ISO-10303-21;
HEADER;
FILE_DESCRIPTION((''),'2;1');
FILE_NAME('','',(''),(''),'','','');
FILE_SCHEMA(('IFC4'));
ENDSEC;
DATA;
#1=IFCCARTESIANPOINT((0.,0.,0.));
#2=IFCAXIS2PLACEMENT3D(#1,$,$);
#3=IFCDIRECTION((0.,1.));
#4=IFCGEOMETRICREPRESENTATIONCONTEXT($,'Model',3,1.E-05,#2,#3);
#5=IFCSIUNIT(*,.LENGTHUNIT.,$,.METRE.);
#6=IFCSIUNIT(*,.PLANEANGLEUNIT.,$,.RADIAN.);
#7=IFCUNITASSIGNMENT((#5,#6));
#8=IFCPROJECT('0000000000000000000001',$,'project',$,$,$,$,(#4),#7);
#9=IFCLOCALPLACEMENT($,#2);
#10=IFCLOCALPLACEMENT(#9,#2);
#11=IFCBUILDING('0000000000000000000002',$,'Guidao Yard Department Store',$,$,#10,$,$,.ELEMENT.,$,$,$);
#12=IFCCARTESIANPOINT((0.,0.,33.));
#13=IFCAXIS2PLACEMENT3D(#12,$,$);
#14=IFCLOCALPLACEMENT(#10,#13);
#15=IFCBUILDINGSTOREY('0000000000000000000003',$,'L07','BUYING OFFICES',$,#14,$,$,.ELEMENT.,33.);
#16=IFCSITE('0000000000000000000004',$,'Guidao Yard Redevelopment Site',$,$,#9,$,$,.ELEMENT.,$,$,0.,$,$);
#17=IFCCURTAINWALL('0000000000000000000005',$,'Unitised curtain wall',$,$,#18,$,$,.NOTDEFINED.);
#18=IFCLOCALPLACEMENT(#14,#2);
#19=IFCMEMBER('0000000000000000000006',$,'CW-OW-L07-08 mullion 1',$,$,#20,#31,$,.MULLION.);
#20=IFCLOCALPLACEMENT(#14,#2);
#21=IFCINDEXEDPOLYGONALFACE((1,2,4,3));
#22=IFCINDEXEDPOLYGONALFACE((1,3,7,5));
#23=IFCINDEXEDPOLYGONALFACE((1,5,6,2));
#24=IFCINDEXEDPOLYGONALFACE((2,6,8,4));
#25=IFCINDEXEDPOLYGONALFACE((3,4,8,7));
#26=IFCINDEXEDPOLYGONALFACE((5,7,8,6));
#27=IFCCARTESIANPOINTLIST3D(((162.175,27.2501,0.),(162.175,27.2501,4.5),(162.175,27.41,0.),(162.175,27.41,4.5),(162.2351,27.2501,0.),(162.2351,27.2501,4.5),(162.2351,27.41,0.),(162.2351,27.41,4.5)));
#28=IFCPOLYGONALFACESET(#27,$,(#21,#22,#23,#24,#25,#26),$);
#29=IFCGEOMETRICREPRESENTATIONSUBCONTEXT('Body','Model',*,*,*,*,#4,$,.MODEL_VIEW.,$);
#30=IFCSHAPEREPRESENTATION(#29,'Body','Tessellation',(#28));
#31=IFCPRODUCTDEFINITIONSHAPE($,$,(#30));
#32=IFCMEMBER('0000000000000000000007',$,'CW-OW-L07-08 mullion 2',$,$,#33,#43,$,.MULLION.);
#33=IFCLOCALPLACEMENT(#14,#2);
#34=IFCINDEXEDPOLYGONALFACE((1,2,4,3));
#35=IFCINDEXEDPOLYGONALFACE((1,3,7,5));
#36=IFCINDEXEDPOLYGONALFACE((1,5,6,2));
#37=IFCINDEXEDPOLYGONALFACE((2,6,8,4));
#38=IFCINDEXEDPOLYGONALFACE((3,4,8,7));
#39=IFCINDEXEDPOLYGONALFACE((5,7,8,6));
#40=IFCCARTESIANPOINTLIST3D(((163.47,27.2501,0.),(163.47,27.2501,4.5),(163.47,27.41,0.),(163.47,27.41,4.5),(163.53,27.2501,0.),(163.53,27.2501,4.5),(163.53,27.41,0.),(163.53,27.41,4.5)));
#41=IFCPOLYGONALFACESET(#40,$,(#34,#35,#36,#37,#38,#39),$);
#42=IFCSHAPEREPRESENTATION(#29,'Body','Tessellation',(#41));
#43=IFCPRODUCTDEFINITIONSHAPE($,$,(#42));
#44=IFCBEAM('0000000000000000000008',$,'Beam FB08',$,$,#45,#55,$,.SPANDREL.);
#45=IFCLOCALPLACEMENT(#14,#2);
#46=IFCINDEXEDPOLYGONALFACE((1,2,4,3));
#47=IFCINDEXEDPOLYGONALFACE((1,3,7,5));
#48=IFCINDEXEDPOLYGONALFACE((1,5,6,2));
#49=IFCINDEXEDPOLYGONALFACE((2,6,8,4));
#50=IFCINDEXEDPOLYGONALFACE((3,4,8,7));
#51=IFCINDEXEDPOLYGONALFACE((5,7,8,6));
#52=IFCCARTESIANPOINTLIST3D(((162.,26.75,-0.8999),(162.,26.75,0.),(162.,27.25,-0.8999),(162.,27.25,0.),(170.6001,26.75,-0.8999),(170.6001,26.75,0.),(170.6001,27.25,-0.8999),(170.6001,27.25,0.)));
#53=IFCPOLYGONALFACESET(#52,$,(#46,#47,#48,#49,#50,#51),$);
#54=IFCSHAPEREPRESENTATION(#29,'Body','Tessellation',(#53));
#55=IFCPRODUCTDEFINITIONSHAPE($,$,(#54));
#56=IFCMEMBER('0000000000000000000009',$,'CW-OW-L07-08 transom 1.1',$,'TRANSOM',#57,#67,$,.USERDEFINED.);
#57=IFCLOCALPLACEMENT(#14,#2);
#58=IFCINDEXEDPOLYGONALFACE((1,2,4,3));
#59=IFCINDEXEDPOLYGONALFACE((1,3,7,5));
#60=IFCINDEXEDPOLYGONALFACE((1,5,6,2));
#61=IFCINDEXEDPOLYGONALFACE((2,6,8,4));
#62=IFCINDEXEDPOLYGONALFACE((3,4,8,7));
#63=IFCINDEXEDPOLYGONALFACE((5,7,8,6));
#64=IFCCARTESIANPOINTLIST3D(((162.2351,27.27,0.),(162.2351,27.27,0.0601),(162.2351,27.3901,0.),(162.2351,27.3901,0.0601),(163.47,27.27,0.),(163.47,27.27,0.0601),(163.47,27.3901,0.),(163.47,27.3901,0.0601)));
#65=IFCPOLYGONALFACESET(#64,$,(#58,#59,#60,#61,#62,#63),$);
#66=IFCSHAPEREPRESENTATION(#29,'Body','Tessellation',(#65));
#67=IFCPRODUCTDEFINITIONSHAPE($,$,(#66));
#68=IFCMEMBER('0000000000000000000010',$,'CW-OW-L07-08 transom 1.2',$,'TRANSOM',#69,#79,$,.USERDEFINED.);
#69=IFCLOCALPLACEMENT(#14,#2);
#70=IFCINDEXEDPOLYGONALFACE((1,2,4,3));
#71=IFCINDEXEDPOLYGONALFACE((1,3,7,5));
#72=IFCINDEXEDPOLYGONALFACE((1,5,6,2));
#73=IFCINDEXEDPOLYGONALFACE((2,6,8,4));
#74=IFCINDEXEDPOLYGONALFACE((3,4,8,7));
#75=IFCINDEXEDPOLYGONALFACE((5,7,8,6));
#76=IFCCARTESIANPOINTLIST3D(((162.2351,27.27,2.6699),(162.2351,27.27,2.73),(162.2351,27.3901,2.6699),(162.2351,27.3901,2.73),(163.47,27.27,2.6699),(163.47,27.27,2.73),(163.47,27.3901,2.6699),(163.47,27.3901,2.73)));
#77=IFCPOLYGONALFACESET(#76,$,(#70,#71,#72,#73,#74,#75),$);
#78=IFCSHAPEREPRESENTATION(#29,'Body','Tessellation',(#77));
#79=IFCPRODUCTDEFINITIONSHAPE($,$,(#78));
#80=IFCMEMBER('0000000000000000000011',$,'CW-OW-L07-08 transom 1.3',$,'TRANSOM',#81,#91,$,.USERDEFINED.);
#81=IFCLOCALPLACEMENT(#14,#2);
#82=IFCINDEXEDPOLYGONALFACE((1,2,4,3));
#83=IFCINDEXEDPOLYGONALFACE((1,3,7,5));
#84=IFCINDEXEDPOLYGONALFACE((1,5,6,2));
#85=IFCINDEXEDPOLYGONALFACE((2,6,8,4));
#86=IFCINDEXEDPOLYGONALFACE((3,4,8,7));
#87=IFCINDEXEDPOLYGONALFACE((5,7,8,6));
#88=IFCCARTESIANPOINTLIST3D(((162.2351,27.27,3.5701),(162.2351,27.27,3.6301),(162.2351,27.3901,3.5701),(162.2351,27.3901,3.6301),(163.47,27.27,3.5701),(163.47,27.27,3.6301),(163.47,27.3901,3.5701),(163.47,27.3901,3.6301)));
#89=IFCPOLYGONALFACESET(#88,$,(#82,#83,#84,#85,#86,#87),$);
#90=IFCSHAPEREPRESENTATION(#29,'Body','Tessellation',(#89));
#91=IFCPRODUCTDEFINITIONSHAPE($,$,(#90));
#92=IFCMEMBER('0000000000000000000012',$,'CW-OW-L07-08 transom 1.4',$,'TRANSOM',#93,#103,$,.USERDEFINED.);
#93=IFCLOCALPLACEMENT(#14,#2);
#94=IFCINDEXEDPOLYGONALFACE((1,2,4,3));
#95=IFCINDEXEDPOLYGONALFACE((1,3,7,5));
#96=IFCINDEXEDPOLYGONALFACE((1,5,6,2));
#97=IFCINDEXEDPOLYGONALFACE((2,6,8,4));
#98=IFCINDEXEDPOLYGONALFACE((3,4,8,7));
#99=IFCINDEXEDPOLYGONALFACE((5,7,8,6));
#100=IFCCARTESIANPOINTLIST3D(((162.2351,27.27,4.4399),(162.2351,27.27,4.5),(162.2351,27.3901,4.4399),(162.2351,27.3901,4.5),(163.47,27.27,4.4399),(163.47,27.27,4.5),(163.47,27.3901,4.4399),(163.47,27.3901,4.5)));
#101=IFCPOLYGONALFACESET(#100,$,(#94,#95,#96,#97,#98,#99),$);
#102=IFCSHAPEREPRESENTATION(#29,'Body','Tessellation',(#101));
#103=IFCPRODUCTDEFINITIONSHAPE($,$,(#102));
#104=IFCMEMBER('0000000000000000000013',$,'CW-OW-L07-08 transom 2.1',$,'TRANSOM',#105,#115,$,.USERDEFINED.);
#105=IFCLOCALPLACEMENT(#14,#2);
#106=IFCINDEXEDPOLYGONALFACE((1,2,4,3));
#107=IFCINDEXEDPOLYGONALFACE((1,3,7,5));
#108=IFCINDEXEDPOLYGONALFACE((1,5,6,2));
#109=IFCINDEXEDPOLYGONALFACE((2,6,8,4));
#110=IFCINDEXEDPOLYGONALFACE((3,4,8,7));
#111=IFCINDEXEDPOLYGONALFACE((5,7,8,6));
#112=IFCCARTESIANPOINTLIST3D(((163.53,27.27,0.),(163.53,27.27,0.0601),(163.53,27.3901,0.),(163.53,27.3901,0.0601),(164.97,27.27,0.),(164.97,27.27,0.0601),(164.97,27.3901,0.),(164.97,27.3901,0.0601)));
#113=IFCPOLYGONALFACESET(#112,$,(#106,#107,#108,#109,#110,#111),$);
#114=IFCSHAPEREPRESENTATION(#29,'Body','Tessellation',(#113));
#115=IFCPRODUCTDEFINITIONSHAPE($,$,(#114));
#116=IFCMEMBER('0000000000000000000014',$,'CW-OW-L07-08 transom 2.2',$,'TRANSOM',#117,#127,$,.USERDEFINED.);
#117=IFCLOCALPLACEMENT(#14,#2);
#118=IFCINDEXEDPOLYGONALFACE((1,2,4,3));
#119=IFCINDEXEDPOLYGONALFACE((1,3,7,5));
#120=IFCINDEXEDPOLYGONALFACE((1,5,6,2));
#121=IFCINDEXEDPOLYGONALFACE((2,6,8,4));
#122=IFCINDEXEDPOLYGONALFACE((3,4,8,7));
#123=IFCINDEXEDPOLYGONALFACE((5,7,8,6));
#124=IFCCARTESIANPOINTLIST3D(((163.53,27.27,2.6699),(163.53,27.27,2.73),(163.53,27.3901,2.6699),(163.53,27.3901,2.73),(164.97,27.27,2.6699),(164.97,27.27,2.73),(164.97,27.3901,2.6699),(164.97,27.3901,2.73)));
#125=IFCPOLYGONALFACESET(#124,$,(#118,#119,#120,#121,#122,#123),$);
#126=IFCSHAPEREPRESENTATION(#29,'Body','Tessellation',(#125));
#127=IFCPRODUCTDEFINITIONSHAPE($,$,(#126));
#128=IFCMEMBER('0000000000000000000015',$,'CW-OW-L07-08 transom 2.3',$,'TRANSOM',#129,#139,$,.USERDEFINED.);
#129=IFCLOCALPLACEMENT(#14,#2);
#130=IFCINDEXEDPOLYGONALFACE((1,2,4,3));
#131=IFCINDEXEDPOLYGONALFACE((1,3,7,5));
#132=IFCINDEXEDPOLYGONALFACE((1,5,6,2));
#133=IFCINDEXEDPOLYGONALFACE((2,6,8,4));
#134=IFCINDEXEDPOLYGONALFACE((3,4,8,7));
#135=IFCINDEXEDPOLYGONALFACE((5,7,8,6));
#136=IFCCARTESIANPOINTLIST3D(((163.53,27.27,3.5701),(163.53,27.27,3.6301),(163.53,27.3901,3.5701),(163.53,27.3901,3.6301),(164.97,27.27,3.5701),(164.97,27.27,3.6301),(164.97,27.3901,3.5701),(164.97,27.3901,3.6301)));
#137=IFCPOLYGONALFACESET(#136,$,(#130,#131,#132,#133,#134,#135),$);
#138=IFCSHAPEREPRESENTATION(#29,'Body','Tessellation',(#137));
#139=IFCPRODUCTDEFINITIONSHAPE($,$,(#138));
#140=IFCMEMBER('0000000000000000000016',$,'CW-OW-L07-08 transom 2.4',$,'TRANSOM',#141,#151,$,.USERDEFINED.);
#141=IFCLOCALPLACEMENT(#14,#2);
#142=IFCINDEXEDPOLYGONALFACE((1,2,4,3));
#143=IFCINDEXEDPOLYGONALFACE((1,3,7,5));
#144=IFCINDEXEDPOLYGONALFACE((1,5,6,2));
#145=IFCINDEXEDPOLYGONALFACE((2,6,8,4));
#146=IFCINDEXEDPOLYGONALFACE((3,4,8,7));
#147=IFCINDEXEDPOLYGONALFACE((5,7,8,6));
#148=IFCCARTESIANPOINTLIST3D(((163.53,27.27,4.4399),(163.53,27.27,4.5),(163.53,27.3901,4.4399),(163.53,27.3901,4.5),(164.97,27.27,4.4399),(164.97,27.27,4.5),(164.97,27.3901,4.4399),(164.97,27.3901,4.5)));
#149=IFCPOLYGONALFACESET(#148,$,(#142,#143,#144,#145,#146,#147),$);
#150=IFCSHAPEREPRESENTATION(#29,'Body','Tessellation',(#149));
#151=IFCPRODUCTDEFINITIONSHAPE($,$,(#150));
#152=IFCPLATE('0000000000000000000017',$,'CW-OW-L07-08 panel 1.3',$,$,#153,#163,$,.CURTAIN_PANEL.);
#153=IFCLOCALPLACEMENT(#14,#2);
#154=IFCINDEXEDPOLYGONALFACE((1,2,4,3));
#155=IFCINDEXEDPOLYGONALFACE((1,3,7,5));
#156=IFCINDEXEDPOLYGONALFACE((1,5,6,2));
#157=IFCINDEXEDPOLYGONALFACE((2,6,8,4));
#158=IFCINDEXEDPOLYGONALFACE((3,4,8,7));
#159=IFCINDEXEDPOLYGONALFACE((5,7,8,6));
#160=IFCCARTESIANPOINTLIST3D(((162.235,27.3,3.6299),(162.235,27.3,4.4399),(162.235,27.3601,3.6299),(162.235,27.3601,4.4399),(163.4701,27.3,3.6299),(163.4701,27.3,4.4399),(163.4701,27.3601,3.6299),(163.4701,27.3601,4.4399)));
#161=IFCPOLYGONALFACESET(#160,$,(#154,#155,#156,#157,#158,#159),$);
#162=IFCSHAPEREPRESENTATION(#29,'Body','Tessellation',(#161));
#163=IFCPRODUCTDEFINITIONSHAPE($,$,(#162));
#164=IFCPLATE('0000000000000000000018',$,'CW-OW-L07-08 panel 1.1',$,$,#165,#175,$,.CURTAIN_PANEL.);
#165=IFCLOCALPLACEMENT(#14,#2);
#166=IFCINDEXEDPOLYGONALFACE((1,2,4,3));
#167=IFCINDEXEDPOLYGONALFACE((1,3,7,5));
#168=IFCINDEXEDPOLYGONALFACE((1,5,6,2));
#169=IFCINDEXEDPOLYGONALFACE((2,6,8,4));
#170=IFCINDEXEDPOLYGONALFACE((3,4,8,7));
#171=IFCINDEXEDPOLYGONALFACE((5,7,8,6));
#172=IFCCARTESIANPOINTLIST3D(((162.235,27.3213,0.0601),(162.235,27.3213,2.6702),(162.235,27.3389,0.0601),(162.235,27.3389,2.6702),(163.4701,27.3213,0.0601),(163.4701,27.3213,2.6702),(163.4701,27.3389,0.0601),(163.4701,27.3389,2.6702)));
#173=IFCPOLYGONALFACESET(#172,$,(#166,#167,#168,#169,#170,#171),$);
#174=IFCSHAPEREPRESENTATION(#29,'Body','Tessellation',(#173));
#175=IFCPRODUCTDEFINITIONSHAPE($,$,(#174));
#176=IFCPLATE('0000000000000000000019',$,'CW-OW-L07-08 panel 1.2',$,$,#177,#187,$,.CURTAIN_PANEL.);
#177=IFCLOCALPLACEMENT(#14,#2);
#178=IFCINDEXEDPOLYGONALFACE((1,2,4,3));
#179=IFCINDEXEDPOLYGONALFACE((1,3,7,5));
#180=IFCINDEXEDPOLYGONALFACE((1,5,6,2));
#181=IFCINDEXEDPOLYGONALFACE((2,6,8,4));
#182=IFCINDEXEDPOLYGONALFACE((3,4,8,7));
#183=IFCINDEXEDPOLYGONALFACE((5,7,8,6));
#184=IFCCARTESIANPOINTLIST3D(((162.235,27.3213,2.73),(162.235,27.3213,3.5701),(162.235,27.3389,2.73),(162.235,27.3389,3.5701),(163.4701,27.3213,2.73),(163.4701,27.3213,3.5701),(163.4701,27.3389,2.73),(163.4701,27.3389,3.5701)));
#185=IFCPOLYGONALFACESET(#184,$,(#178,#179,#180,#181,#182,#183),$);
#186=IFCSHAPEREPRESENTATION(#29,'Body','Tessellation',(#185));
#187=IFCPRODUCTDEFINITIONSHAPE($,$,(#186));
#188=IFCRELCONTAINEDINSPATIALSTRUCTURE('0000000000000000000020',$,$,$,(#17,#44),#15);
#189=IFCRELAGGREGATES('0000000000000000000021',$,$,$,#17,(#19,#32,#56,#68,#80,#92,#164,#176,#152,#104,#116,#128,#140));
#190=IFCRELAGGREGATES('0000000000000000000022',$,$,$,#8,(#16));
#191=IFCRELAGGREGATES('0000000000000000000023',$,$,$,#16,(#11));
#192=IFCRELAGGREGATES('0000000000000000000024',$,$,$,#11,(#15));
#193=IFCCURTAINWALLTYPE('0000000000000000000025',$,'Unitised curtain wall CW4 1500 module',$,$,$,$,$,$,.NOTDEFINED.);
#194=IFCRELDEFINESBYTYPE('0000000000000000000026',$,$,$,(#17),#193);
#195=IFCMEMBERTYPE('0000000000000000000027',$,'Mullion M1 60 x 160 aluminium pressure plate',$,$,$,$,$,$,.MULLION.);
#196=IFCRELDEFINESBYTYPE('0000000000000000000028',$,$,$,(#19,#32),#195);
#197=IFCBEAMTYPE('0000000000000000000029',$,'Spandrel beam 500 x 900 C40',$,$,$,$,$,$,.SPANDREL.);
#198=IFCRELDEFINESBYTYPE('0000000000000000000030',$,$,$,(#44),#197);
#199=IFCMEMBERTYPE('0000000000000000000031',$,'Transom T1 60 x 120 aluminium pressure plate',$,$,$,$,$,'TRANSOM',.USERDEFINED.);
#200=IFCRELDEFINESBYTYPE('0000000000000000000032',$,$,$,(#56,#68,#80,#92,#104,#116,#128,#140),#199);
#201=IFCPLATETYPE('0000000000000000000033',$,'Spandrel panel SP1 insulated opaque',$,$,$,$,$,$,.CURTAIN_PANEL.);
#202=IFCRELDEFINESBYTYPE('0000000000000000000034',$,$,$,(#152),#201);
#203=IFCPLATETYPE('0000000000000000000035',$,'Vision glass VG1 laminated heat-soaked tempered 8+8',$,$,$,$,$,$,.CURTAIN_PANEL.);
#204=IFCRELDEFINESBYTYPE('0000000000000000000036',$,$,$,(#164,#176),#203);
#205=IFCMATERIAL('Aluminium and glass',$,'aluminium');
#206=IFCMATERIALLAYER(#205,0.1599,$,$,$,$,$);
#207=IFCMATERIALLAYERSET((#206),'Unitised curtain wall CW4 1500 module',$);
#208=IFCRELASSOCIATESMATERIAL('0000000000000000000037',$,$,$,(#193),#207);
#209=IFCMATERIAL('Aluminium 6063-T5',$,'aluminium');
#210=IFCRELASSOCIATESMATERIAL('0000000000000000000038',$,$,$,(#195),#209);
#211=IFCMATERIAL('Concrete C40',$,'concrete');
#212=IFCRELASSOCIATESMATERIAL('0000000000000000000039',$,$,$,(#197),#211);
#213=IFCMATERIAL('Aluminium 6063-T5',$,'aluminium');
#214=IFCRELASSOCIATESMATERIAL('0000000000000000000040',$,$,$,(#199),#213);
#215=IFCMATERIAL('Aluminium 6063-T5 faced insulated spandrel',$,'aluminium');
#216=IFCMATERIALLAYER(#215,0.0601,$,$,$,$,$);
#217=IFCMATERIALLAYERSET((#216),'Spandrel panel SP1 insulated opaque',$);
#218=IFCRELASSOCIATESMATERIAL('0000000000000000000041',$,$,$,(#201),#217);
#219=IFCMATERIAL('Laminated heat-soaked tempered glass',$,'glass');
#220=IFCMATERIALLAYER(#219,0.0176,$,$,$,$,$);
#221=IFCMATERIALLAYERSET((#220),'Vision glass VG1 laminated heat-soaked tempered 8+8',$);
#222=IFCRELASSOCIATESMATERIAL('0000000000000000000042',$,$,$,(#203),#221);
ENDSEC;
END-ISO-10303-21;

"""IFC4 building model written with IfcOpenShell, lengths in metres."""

from ifc_helpers import new_model, si_unit, direction, frame, origin, origin_2d, place, context, subcontext, project, spatial, rectangle, extrude, material, layer, layer_set, material_profile, profile_set, type_object, element, aggregate, save


model = new_model("IFC4")

# Units and contexts
model_context = context("Model", 3, precision=1e-05, world=origin(), true_north=direction((0.0, 1.0)))
body_context = subcontext(model_context, "Body", "Model", "MODEL_VIEW")
ifc_project = project(units=[si_unit("LENGTHUNIT", "METRE"), si_unit("PLANEANGLEUNIT", "RADIAN")], contexts=[model_context])

# Site, building, storey
site_placement = place(None, origin())
site = spatial("IfcSite", under=ifc_project, at=site_placement, Name="Guidao Yard Redevelopment Site", CompositionType="ELEMENT", RefElevation=0.0)
building_placement = place(site_placement, origin())
building = spatial("IfcBuilding", under=site, at=building_placement, Name="Guidao Yard Department Store", CompositionType="ELEMENT")
storey_placement = place(building_placement, frame((0.0, 0.0, 33.0)))
storey = spatial("IfcBuildingStorey", under=building, at=storey_placement, Name="L07", Description="BUYING OFFICES", CompositionType="ELEMENT", Elevation=33.0)

# Curtain wall, members
ifc_material_1 = material(Name="Aluminium and glass", Category="aluminium")
ifc_layer_1 = layer(ifc_material_1, 0.1599)
ifc_layer_set_1 = layer_set([ifc_layer_1], Name="Unitised curtain wall CW4 1500 module")
curtain_wall_type = type_object("IfcCurtainWallType", Name="Unitised curtain wall CW4 1500 module", PredefinedType="NOTDEFINED", material=ifc_layer_set_1)
curtain_wall_placement = place(storey_placement, origin())
curtain_wall = element("IfcCurtainWall", 1, at=curtain_wall_placement, inside=storey, type_object=curtain_wall_type, Name="Unitised curtain wall", PredefinedType="NOTDEFINED")
ifc_material_2 = material(Name="Aluminium 6063-T5", Category="aluminium")
ifc_material_profile_1 = material_profile(ifc_material_2, rectangle(XDim=0.0601, YDim=0.1599, at=origin_2d()), Name="Mullion M1 60 x 160 aluminium pressure plate")
ifc_profile_set_1 = profile_set([ifc_material_profile_1], Name="Aluminium 6063-T5")
member_type_1 = type_object("IfcMemberType", Name="Mullion M1 60 x 160 aluminium pressure plate", PredefinedType="MULLION", material=ifc_profile_set_1)
member_1_placement = place(storey_placement, frame((162.2051, 27.3301, 0.0), z_axis=(0.0, 0.0, 1.0), x_axis=(1.0, 0.0, 0.0)))
member_1 = element("IfcMember", 2, at=member_1_placement, type_object=member_type_1, Name="CW-OW-L07-08 mullion 1", PredefinedType="MULLION", context=body_context, shape_type="SweptSolid", body=[
    extrude(rectangle(XDim=0.0601, YDim=0.1599, at=origin_2d()), origin(), (0.0, 0.0, 1.0), 4.5),
])
member_2_placement = place(storey_placement, frame((163.5, 27.3301, 0.0), z_axis=(0.0, 0.0, 1.0), x_axis=(1.0, 0.0, 0.0)))
member_2 = element("IfcMember", 3, at=member_2_placement, type_object=member_type_1, Name="CW-OW-L07-08 mullion 2", PredefinedType="MULLION", context=body_context, shape_type="SweptSolid", body=[
    extrude(rectangle(XDim=0.0601, YDim=0.1599, at=origin_2d()), origin(), (0.0, 0.0, 1.0), 4.5),
])

# Beam
ifc_material_3 = material(Name="Concrete C40", Category="concrete")
ifc_material_profile_2 = material_profile(ifc_material_3, rectangle(XDim=0.5, YDim=0.8999, at=origin_2d()), Name="Spandrel beam 500 x 900 C40")
ifc_profile_set_2 = profile_set([ifc_material_profile_2], Name="Concrete C40")
beam_type = type_object("IfcBeamType", Name="Spandrel beam 500 x 900 C40", PredefinedType="SPANDREL", material=ifc_profile_set_2)
beam_placement = place(storey_placement, frame((162.0, 27.0, -0.45), z_axis=(1.0, 0.0, 0.0), x_axis=(0.0, 1.0, 0.0)))
element("IfcBeam", 4, at=beam_placement, inside=storey, type_object=beam_type, Name="Beam FB08", PredefinedType="SPANDREL", context=body_context, shape_type="SweptSolid", body=[
    extrude(rectangle(XDim=0.5, YDim=0.8999, at=origin_2d()), origin(), (0.0, 0.0, 1.0), 8.6001),
])

# Members
ifc_material_4 = material(Name="Aluminium 6063-T5", Category="aluminium")
ifc_material_profile_3 = material_profile(ifc_material_4, rectangle(XDim=0.1201, YDim=0.0601, at=origin_2d()), Name="Transom T1 60 x 120 aluminium pressure plate")
ifc_profile_set_3 = profile_set([ifc_material_profile_3], Name="Aluminium 6063-T5")
member_type_2 = type_object("IfcMemberType", Name="Transom T1 60 x 120 aluminium pressure plate", ElementType="TRANSOM", PredefinedType="USERDEFINED", material=ifc_profile_set_3)
member_3_placement = place(storey_placement, frame((162.2351, 27.3301, 0.03), z_axis=(1.0, 0.0, 0.0), x_axis=(0.0, 1.0, 0.0)))
member_3 = element("IfcMember", 5, at=member_3_placement, type_object=member_type_2, Name="CW-OW-L07-08 transom 1.1", ObjectType="TRANSOM", PredefinedType="USERDEFINED", context=body_context, shape_type="SweptSolid", body=[
    extrude(rectangle(XDim=0.1201, YDim=0.0601, at=origin_2d()), origin(), (0.0, 0.0, 1.0), 1.2349),
])
member_4_placement = place(storey_placement, frame((162.2351, 27.3301, 2.7), z_axis=(1.0, 0.0, 0.0), x_axis=(0.0, 1.0, 0.0)))
member_4 = element("IfcMember", 6, at=member_4_placement, type_object=member_type_2, Name="CW-OW-L07-08 transom 1.2", ObjectType="TRANSOM", PredefinedType="USERDEFINED", context=body_context, shape_type="SweptSolid", body=[
    extrude(rectangle(XDim=0.1201, YDim=0.0601, at=origin_2d()), origin(), (0.0, 0.0, 1.0), 1.2349),
])
member_5_placement = place(storey_placement, frame((162.2351, 27.3301, 3.6001), z_axis=(1.0, 0.0, 0.0), x_axis=(0.0, 1.0, 0.0)))
member_5 = element("IfcMember", 7, at=member_5_placement, type_object=member_type_2, Name="CW-OW-L07-08 transom 1.3", ObjectType="TRANSOM", PredefinedType="USERDEFINED", context=body_context, shape_type="SweptSolid", body=[
    extrude(rectangle(XDim=0.1201, YDim=0.0601, at=origin_2d()), origin(), (0.0, 0.0, 1.0), 1.2349),
])
member_6_placement = place(storey_placement, frame((162.2351, 27.3301, 4.47), z_axis=(1.0, 0.0, 0.0), x_axis=(0.0, 1.0, 0.0)))
member_6 = element("IfcMember", 8, at=member_6_placement, type_object=member_type_2, Name="CW-OW-L07-08 transom 1.4", ObjectType="TRANSOM", PredefinedType="USERDEFINED", context=body_context, shape_type="SweptSolid", body=[
    extrude(rectangle(XDim=0.1201, YDim=0.0601, at=origin_2d()), origin(), (0.0, 0.0, 1.0), 1.2349),
])
member_7_placement = place(storey_placement, frame((163.53, 27.3301, 0.03), z_axis=(1.0, 0.0, 0.0), x_axis=(0.0, 1.0, 0.0)))
member_7 = element("IfcMember", 9, at=member_7_placement, type_object=member_type_2, Name="CW-OW-L07-08 transom 2.1", ObjectType="TRANSOM", PredefinedType="USERDEFINED", context=body_context, shape_type="SweptSolid", body=[
    extrude(rectangle(XDim=0.1201, YDim=0.0601, at=origin_2d()), origin(), (0.0, 0.0, 1.0), 1.4399),
])
member_8_placement = place(storey_placement, frame((163.53, 27.3301, 2.7), z_axis=(1.0, 0.0, 0.0), x_axis=(0.0, 1.0, 0.0)))
member_8 = element("IfcMember", 10, at=member_8_placement, type_object=member_type_2, Name="CW-OW-L07-08 transom 2.2", ObjectType="TRANSOM", PredefinedType="USERDEFINED", context=body_context, shape_type="SweptSolid", body=[
    extrude(rectangle(XDim=0.1201, YDim=0.0601, at=origin_2d()), origin(), (0.0, 0.0, 1.0), 1.4399),
])
member_9_placement = place(storey_placement, frame((163.53, 27.3301, 3.6001), z_axis=(1.0, 0.0, 0.0), x_axis=(0.0, 1.0, 0.0)))
member_9 = element("IfcMember", 11, at=member_9_placement, type_object=member_type_2, Name="CW-OW-L07-08 transom 2.3", ObjectType="TRANSOM", PredefinedType="USERDEFINED", context=body_context, shape_type="SweptSolid", body=[
    extrude(rectangle(XDim=0.1201, YDim=0.0601, at=origin_2d()), origin(), (0.0, 0.0, 1.0), 1.4399),
])
member_10_placement = place(storey_placement, frame((163.53, 27.3301, 4.47), z_axis=(1.0, 0.0, 0.0), x_axis=(0.0, 1.0, 0.0)))
member_10 = element("IfcMember", 12, at=member_10_placement, type_object=member_type_2, Name="CW-OW-L07-08 transom 2.4", ObjectType="TRANSOM", PredefinedType="USERDEFINED", context=body_context, shape_type="SweptSolid", body=[
    extrude(rectangle(XDim=0.1201, YDim=0.0601, at=origin_2d()), origin(), (0.0, 0.0, 1.0), 1.4399),
])

# Plates
ifc_material_5 = material(Name="Aluminium 6063-T5 faced insulated spandrel", Category="aluminium")
ifc_layer_2 = layer(ifc_material_5, 0.0601)
ifc_layer_set_2 = layer_set([ifc_layer_2], Name="Spandrel panel SP1 insulated opaque")
plate_type_1 = type_object("IfcPlateType", Name="Spandrel panel SP1 insulated opaque", PredefinedType="CURTAIN_PANEL", material=ifc_layer_set_2)
plate_1_placement = place(storey_placement, frame((162.8525, 27.3301, 3.6299), z_axis=(0.0, 0.0, 1.0), x_axis=(1.0, 0.0, 0.0)))
plate_1 = element("IfcPlate", 13, at=plate_1_placement, type_object=plate_type_1, Name="CW-OW-L07-08 panel 1.3", PredefinedType="CURTAIN_PANEL", context=body_context, shape_type="SweptSolid", body=[
    extrude(rectangle(XDim=1.2351, YDim=0.0601, at=origin_2d()), origin(), (0.0, 0.0, 1.0), 0.8101),
])
ifc_material_6 = material(Name="Laminated heat-soaked tempered glass", Category="glass")
ifc_layer_3 = layer(ifc_material_6, 0.0176)
ifc_layer_set_3 = layer_set([ifc_layer_3], Name="Vision glass VG1 laminated heat-soaked tempered 8+8")
plate_type_2 = type_object("IfcPlateType", Name="Vision glass VG1 laminated heat-soaked tempered 8+8", PredefinedType="CURTAIN_PANEL", material=ifc_layer_set_3)
plate_2_placement = place(storey_placement, frame((162.8525, 27.3301, 0.0601), z_axis=(0.0, 0.0, 1.0), x_axis=(1.0, 0.0, 0.0)))
plate_2 = element("IfcPlate", 14, at=plate_2_placement, type_object=plate_type_2, Name="CW-OW-L07-08 panel 1.1", PredefinedType="CURTAIN_PANEL", context=body_context, shape_type="SweptSolid", body=[
    extrude(rectangle(XDim=1.2351, YDim=0.0176, at=origin_2d()), origin(), (0.0, 0.0, 1.0), 2.6101),
])
plate_3_placement = place(storey_placement, frame((162.8525, 27.3301, 2.73), z_axis=(0.0, 0.0, 1.0), x_axis=(1.0, 0.0, 0.0)))
plate_3 = element("IfcPlate", 15, at=plate_3_placement, type_object=plate_type_2, Name="CW-OW-L07-08 panel 1.2", PredefinedType="CURTAIN_PANEL", context=body_context, shape_type="SweptSolid", body=[
    extrude(rectangle(XDim=1.2351, YDim=0.0176, at=origin_2d()), origin(), (0.0, 0.0, 1.0), 0.8401),
])
aggregate(curtain_wall, [member_1, member_2, member_3, member_4, member_5, member_6, plate_2, plate_3, plate_1, member_7, member_8, member_9, member_10])

save(model, "model.ifc")
